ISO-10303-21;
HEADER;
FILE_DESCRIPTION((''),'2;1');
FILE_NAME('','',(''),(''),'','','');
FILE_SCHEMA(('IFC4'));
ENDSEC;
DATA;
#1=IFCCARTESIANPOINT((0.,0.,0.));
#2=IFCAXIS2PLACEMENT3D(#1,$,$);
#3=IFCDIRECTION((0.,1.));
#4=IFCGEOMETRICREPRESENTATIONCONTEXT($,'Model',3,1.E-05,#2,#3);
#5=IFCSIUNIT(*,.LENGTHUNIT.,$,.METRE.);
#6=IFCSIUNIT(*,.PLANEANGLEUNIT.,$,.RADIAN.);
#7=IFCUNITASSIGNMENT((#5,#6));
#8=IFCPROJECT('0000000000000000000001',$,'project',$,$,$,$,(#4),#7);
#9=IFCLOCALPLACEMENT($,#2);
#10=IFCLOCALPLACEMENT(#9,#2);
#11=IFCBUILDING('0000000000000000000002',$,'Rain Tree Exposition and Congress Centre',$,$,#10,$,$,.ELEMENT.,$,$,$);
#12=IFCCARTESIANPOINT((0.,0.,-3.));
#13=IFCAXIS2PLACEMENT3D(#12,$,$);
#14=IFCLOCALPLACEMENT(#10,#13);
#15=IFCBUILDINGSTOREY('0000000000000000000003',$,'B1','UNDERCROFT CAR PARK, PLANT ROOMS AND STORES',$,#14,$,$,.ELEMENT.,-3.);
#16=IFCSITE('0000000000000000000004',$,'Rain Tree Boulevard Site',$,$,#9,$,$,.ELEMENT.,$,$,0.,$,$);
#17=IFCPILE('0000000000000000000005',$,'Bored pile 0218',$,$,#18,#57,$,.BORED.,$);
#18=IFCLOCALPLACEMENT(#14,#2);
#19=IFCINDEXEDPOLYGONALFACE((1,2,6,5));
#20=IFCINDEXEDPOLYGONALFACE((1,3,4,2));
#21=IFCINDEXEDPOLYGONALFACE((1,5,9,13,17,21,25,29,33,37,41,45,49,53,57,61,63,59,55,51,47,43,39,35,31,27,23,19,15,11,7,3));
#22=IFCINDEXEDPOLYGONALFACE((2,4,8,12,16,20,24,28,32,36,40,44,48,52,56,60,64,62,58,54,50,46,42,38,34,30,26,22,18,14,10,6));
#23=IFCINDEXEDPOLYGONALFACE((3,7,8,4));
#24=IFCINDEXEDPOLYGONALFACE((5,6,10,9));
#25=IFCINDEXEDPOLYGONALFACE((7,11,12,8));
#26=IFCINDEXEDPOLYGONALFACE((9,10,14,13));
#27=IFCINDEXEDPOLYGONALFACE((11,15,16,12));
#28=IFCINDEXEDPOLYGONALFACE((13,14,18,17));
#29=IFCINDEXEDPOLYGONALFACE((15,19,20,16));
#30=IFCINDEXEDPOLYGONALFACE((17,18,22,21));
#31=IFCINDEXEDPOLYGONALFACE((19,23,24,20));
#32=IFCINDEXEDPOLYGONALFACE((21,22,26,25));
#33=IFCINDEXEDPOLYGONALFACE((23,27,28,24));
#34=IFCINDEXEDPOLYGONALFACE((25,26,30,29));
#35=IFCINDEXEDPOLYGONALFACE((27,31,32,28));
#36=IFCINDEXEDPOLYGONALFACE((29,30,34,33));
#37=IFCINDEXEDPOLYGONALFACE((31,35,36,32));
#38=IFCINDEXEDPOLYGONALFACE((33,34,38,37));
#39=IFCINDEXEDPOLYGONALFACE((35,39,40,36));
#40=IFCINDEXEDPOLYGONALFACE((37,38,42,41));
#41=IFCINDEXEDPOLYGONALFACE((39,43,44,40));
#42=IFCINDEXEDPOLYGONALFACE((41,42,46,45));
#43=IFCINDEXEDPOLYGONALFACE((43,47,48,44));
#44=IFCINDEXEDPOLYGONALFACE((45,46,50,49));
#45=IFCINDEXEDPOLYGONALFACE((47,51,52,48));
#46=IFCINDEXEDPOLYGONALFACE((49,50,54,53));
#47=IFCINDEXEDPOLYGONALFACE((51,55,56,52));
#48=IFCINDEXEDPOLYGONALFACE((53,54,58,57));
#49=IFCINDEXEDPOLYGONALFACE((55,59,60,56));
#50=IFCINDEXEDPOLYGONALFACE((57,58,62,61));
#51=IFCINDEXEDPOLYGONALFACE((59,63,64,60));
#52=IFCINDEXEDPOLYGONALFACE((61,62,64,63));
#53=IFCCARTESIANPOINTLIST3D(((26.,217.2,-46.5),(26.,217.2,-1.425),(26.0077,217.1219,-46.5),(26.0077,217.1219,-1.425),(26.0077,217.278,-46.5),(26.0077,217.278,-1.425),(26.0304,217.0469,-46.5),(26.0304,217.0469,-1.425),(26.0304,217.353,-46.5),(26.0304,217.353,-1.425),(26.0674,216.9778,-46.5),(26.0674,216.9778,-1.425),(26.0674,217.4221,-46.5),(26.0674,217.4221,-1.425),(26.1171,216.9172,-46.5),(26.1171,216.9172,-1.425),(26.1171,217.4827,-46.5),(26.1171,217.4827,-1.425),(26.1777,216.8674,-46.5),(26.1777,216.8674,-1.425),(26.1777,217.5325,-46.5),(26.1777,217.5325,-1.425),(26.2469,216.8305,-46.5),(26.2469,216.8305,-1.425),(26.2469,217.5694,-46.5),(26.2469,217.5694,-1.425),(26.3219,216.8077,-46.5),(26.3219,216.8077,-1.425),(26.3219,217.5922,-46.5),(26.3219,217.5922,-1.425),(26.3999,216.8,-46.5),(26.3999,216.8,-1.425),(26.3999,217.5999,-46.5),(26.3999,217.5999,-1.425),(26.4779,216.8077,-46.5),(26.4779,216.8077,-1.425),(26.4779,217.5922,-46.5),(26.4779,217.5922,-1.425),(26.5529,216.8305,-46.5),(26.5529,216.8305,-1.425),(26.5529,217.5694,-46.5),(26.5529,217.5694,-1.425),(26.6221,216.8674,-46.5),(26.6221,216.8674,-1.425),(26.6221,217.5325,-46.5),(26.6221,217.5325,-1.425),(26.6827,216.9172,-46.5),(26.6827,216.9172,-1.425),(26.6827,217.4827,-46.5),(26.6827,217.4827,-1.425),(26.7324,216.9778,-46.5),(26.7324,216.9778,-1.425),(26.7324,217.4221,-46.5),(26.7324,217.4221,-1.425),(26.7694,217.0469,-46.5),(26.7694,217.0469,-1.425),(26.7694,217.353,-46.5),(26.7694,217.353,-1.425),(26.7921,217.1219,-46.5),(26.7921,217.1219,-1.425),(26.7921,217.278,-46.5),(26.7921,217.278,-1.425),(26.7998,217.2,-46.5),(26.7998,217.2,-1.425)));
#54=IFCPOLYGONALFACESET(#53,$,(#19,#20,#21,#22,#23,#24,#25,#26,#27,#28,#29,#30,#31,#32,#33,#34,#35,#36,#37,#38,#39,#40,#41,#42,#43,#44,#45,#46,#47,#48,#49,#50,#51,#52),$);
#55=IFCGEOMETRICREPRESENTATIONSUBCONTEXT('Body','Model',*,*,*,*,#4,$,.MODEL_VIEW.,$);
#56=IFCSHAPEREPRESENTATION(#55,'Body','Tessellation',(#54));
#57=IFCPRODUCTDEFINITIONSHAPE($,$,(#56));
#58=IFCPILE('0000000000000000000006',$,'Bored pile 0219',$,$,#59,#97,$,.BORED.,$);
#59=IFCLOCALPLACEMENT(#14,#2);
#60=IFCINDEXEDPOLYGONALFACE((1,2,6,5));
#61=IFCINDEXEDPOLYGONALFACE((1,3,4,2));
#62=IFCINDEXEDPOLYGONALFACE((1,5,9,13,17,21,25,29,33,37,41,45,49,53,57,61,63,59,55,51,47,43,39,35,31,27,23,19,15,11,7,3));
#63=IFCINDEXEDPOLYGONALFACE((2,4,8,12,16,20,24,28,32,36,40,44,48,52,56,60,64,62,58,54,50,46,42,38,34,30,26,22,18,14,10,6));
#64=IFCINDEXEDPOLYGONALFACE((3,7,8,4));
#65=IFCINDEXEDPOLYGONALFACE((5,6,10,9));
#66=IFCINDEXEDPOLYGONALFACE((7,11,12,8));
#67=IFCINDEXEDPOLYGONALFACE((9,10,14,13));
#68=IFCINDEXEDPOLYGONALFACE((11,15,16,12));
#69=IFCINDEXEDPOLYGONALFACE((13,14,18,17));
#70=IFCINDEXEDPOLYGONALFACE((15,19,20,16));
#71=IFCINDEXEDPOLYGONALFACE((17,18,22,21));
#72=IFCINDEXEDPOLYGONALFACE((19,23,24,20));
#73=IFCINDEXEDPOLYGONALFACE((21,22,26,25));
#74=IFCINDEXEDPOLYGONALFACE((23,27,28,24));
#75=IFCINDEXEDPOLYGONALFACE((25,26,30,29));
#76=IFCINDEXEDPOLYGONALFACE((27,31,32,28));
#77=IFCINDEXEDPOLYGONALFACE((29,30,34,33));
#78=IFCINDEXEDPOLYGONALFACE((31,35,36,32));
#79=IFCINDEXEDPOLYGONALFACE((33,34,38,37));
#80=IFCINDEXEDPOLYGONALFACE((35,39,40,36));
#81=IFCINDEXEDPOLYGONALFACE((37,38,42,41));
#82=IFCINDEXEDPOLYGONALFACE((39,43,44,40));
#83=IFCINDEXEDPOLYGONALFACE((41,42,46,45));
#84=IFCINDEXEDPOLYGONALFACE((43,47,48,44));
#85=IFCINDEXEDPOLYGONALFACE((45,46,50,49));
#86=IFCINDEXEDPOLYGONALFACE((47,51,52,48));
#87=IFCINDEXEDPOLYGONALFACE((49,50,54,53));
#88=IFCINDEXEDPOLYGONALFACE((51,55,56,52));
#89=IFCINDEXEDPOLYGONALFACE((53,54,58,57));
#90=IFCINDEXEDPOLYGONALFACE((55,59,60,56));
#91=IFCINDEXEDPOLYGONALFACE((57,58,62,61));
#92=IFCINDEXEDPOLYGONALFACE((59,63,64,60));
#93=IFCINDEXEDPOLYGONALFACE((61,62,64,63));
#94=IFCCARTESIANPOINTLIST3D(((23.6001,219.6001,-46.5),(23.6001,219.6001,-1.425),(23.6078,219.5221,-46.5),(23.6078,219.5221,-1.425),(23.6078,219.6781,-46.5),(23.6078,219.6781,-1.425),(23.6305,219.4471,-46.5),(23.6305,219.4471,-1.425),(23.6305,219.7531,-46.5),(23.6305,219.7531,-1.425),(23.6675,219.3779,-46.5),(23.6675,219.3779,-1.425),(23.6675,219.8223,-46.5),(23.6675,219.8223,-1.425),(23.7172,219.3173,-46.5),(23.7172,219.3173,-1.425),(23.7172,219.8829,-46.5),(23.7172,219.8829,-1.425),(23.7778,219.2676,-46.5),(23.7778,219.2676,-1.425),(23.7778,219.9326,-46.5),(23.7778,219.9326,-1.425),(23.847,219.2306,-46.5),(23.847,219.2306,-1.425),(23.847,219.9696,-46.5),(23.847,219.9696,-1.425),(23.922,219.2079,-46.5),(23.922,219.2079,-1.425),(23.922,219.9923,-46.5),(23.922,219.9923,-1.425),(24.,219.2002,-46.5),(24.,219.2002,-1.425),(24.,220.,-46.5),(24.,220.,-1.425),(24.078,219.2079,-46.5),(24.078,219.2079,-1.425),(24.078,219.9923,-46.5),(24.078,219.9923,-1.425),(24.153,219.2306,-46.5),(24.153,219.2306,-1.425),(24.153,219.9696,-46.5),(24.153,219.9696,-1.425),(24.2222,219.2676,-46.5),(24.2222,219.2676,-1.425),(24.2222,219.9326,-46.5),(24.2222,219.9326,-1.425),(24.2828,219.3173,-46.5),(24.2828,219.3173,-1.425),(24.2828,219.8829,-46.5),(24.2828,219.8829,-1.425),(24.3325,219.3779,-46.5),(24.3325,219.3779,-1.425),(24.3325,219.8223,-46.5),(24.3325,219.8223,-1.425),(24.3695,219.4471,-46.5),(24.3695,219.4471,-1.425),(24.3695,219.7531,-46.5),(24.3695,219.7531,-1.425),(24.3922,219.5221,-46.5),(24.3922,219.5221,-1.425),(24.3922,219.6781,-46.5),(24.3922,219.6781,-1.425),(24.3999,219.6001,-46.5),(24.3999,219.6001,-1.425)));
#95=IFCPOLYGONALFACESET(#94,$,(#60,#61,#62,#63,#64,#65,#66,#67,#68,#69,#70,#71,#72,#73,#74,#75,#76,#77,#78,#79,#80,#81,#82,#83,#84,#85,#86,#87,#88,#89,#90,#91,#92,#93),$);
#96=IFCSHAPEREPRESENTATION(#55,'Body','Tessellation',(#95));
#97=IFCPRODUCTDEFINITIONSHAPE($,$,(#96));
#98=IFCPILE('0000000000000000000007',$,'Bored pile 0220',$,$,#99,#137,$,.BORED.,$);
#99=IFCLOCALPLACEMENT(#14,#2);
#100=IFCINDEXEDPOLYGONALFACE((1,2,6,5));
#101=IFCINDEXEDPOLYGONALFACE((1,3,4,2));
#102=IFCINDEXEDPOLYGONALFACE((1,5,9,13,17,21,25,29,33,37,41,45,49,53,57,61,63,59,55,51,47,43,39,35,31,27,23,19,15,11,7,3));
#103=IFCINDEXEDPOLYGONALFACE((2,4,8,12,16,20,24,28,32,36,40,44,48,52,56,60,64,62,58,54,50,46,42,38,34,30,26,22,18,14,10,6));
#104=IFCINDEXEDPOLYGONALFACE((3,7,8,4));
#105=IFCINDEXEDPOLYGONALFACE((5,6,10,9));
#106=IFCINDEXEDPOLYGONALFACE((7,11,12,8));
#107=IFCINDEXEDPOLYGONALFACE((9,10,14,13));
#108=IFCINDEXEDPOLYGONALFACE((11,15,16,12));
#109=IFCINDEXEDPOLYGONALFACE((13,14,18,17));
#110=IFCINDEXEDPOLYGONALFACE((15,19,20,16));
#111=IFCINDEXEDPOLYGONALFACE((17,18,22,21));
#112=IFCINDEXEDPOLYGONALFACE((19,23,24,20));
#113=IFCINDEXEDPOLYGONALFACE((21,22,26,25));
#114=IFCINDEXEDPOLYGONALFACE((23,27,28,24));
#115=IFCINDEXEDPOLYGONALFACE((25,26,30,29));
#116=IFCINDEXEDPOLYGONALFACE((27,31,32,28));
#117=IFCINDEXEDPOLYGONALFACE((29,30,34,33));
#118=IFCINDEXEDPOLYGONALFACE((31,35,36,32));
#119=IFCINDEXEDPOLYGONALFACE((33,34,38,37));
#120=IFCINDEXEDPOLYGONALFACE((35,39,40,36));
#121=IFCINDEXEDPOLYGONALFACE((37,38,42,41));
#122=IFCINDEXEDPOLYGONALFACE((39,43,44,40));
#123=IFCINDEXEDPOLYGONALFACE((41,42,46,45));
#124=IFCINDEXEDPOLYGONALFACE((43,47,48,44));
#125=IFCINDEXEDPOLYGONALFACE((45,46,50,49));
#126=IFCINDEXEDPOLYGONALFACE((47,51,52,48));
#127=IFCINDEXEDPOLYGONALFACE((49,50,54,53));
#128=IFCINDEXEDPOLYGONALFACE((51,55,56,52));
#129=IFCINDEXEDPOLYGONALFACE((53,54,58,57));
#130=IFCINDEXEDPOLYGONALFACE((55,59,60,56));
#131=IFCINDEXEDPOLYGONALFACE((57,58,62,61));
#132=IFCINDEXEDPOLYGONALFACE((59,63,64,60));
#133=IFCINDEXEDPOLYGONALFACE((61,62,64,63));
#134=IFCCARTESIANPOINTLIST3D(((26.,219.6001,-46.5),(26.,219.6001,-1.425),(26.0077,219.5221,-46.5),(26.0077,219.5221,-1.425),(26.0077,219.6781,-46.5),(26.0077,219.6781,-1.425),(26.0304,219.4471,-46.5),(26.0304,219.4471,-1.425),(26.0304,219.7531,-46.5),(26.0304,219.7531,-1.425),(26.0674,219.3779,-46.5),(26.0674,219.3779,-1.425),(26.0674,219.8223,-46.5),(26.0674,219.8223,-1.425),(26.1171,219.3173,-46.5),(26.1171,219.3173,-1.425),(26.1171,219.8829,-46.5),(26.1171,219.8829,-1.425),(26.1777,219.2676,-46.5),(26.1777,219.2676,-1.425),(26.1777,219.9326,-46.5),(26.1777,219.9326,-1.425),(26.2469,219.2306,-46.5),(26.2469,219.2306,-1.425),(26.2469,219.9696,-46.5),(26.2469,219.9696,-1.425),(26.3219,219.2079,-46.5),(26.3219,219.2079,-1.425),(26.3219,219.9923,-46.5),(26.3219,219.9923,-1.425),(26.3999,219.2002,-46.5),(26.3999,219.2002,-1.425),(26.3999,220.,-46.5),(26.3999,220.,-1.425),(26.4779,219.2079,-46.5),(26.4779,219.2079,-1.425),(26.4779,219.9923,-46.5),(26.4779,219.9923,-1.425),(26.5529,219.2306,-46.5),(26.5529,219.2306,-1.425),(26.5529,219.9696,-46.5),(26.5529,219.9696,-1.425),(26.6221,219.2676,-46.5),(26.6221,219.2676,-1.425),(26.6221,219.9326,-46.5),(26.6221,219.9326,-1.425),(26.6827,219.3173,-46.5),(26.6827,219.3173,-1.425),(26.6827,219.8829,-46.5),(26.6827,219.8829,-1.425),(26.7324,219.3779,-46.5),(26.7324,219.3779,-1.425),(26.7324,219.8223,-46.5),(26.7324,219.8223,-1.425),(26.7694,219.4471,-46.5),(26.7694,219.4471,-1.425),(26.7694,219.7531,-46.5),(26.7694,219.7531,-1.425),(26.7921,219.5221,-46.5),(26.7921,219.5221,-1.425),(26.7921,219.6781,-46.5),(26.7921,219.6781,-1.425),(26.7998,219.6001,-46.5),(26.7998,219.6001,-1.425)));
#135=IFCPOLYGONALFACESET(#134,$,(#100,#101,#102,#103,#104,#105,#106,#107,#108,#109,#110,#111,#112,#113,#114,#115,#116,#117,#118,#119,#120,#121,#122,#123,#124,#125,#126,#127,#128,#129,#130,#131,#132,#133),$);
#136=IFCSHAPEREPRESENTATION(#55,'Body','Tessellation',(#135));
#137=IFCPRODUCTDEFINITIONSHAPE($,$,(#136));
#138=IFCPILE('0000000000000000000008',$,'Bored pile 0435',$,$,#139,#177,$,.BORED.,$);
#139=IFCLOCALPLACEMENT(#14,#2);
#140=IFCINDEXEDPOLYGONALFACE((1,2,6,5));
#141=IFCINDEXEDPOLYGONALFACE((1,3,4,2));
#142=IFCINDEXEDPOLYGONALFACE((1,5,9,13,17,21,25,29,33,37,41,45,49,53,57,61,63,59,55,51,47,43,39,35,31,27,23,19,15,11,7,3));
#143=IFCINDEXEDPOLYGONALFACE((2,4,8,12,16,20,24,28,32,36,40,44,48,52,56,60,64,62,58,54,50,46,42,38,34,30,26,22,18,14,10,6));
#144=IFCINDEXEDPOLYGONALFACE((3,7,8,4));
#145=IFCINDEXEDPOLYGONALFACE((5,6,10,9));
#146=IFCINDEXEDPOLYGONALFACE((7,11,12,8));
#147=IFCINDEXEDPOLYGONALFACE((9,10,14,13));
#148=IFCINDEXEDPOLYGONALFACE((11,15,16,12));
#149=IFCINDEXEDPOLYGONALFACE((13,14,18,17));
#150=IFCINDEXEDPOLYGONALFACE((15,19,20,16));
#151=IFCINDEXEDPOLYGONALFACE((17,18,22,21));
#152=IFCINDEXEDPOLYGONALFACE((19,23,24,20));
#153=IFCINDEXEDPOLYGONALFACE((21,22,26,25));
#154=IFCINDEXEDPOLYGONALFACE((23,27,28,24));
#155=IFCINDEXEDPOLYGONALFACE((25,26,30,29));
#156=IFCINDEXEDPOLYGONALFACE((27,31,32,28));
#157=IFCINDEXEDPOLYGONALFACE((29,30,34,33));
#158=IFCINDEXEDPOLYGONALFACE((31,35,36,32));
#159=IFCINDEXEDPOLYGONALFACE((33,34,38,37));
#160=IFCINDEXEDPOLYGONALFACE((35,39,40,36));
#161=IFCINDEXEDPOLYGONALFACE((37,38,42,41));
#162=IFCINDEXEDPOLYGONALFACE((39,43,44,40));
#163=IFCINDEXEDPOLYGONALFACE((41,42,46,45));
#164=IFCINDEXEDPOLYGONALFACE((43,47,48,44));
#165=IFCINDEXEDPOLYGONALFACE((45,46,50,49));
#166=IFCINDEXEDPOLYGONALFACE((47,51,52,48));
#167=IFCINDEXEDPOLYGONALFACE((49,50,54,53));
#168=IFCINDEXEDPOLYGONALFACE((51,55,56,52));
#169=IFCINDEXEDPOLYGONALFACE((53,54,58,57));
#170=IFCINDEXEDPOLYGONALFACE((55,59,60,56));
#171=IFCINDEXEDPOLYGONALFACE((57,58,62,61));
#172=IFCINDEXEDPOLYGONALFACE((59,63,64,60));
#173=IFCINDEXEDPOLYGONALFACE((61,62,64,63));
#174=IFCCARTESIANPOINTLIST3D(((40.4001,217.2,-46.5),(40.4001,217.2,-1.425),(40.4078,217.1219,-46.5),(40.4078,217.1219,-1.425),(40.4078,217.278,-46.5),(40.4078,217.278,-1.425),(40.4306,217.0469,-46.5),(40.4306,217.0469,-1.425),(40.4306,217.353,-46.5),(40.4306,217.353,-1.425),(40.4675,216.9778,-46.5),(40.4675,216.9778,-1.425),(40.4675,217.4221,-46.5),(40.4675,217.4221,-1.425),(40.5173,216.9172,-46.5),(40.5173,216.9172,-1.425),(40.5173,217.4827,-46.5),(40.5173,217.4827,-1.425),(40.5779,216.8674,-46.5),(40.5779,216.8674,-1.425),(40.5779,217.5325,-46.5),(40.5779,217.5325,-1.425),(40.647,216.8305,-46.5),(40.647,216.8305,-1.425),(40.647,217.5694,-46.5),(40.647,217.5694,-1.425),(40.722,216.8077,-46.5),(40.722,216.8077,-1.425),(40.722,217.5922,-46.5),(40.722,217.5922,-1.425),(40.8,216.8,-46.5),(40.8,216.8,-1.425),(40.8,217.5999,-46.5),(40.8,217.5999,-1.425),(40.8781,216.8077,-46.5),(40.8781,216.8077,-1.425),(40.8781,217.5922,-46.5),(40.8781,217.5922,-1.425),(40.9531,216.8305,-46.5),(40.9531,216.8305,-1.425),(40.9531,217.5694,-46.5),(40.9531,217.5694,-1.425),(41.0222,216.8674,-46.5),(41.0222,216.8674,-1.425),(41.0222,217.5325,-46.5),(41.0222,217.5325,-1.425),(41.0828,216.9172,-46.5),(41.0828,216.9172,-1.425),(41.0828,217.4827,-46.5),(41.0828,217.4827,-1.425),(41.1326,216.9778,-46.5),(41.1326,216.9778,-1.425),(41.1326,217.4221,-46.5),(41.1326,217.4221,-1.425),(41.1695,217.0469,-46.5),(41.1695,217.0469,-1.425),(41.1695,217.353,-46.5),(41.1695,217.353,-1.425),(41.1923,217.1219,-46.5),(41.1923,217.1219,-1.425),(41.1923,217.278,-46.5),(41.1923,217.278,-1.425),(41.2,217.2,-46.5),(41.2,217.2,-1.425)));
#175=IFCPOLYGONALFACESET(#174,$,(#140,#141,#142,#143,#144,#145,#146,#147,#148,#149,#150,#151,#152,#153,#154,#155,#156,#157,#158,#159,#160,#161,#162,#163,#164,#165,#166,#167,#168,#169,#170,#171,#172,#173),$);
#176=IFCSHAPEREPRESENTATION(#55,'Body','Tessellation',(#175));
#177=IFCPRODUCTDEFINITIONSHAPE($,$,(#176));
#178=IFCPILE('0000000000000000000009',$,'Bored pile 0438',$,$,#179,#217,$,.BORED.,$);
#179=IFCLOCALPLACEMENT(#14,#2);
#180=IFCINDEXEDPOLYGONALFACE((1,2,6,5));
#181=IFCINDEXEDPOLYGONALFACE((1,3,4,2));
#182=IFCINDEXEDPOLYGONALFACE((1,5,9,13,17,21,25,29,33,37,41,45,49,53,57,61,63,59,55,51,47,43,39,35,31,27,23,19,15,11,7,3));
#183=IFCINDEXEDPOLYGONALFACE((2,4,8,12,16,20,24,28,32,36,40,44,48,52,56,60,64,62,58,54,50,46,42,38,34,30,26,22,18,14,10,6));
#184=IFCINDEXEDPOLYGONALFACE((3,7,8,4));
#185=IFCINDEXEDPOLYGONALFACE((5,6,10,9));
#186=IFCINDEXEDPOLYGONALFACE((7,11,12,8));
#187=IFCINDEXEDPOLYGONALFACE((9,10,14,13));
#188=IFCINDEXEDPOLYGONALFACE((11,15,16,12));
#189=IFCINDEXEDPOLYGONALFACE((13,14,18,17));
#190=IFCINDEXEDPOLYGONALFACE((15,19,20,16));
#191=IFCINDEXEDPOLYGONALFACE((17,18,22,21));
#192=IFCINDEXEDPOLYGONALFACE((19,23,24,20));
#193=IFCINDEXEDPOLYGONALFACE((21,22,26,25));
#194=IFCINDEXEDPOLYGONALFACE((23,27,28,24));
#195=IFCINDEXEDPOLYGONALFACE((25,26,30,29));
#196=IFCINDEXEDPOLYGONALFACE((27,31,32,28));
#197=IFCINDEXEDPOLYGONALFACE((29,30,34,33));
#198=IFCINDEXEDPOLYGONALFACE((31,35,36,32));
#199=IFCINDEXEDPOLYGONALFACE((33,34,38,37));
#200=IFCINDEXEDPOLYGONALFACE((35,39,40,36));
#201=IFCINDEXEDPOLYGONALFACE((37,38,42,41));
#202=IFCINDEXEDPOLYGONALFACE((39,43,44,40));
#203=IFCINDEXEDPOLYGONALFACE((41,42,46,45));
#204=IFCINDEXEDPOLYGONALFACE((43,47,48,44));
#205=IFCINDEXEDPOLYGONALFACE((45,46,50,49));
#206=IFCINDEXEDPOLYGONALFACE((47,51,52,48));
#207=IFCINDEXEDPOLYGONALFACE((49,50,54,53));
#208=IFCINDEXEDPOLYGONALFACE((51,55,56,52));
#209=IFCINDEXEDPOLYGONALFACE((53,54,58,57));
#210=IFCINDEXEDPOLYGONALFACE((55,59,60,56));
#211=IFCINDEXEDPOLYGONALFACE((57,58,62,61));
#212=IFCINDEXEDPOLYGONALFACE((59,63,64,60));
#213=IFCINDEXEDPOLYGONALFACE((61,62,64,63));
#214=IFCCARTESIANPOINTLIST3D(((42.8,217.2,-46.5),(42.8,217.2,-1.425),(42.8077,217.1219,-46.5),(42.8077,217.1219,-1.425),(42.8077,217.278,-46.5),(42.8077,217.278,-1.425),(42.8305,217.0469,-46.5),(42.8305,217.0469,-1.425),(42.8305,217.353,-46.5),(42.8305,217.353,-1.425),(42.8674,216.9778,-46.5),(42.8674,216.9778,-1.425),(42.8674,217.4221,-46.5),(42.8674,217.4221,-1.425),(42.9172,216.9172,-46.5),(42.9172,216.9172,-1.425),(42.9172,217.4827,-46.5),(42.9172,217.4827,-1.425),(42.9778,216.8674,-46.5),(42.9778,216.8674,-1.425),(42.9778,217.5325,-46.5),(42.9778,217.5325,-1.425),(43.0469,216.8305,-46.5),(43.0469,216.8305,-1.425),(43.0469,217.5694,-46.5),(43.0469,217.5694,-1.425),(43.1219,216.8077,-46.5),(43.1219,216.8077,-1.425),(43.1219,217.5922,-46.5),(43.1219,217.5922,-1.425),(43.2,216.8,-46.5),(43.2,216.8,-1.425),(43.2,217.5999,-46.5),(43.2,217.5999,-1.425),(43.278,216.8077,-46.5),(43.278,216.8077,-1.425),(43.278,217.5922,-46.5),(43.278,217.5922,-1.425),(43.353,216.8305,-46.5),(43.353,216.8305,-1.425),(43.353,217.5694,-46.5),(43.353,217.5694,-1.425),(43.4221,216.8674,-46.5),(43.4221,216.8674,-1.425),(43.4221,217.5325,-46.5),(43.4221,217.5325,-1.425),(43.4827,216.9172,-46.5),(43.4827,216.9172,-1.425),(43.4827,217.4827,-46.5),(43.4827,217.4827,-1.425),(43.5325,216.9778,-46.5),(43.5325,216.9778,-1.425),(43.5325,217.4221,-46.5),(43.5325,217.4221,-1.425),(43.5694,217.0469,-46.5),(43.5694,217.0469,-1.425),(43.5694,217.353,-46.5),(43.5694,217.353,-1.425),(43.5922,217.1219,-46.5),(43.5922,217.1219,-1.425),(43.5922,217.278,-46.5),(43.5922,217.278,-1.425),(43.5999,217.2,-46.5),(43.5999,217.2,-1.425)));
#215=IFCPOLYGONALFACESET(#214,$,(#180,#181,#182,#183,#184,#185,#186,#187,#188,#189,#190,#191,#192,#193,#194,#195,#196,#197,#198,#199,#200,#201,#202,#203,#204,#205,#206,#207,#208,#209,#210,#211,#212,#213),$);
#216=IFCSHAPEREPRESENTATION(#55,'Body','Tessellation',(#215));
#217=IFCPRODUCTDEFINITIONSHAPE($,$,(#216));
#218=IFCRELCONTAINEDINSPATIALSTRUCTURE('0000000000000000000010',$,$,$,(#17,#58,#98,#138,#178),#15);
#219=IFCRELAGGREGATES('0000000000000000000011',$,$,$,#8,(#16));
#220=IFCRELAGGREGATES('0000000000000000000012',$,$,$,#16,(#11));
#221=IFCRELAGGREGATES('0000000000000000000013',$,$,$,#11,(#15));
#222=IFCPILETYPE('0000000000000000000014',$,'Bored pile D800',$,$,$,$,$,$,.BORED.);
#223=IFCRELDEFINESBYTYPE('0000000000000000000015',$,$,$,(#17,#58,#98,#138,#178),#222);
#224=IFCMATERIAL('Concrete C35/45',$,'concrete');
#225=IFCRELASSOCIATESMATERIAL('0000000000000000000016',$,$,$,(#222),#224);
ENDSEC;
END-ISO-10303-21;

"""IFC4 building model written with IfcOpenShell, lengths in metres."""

from ifc_helpers import new_model, si_unit, direction, frame, origin, origin_2d, place, context, subcontext, project, spatial, circle, extrude, material, material_profile, profile_set, type_object, element, save


model = new_model("IFC4")

# Units and contexts
model_context = context("Model", 3, precision=1e-05, world=origin(), true_north=direction((0.0, 1.0)))
body_context = subcontext(model_context, "Body", "Model", "MODEL_VIEW")
ifc_project = project(units=[si_unit("LENGTHUNIT", "METRE"), si_unit("PLANEANGLEUNIT", "RADIAN")], contexts=[model_context])

# Site, building, storey
site_placement = place(None, origin())
site = spatial("IfcSite", under=ifc_project, at=site_placement, Name="Rain Tree Boulevard Site", CompositionType="ELEMENT", RefElevation=0.0)
building_placement = place(site_placement, origin())
building = spatial("IfcBuilding", under=site, at=building_placement, Name="Rain Tree Exposition and Congress Centre", CompositionType="ELEMENT")
storey_placement = place(building_placement, frame((0.0, 0.0, -3.0)))
storey = spatial("IfcBuildingStorey", under=building, at=storey_placement, Name="B1", Description="UNDERCROFT CAR PARK, PLANT ROOMS AND STORES", CompositionType="ELEMENT", Elevation=-3.0)

# Piles
ifc_material_1 = material(Name="Concrete C35/45", Category="concrete")
ifc_material_profile_1 = material_profile(ifc_material_1, circle(Radius=0.3999, at=origin_2d()), Name="D800")
ifc_profile_set_1 = profile_set([ifc_material_profile_1], Name="Concrete C35/45")
pile_type_1 = type_object("IfcPileType", Name="Bored pile D800", PredefinedType="BORED", material=ifc_profile_set_1)
for number, where, z_axis, x_axis, name in (
    (1, (26.3999, 217.2, -1.425), (0.0, 0.0, -1.0), (1.0, 0.0, 0.0), "Bored pile 0218"),
    (2, (24.0, 219.6001, -1.425), (0.0, 0.0, -1.0), (1.0, 0.0, 0.0), "Bored pile 0219"),
    (3, (26.3999, 219.6001, -1.425), (0.0, 0.0, -1.0), (1.0, 0.0, 0.0), "Bored pile 0220"),
    (4, (40.8, 217.2, -1.425), (0.0, 0.0, -1.0), (1.0, 0.0, 0.0), "Bored pile 0435"),
    (5, (43.2, 217.2, -1.425), (0.0, 0.0, -1.0), (1.0, 0.0, 0.0), "Bored pile 0438"),
):
    element("IfcPile", number, at=place(storey_placement, frame(where, z_axis=z_axis, x_axis=x_axis)), inside=storey, type_object=pile_type_1, Name=name, PredefinedType="BORED", context=body_context, shape_type="SweptSolid", body=[
        extrude(circle(Radius=0.3999, at=origin_2d()), origin(), (0.0, 0.0, 1.0), 45.075),
    ])

save(model, "model.ifc")
